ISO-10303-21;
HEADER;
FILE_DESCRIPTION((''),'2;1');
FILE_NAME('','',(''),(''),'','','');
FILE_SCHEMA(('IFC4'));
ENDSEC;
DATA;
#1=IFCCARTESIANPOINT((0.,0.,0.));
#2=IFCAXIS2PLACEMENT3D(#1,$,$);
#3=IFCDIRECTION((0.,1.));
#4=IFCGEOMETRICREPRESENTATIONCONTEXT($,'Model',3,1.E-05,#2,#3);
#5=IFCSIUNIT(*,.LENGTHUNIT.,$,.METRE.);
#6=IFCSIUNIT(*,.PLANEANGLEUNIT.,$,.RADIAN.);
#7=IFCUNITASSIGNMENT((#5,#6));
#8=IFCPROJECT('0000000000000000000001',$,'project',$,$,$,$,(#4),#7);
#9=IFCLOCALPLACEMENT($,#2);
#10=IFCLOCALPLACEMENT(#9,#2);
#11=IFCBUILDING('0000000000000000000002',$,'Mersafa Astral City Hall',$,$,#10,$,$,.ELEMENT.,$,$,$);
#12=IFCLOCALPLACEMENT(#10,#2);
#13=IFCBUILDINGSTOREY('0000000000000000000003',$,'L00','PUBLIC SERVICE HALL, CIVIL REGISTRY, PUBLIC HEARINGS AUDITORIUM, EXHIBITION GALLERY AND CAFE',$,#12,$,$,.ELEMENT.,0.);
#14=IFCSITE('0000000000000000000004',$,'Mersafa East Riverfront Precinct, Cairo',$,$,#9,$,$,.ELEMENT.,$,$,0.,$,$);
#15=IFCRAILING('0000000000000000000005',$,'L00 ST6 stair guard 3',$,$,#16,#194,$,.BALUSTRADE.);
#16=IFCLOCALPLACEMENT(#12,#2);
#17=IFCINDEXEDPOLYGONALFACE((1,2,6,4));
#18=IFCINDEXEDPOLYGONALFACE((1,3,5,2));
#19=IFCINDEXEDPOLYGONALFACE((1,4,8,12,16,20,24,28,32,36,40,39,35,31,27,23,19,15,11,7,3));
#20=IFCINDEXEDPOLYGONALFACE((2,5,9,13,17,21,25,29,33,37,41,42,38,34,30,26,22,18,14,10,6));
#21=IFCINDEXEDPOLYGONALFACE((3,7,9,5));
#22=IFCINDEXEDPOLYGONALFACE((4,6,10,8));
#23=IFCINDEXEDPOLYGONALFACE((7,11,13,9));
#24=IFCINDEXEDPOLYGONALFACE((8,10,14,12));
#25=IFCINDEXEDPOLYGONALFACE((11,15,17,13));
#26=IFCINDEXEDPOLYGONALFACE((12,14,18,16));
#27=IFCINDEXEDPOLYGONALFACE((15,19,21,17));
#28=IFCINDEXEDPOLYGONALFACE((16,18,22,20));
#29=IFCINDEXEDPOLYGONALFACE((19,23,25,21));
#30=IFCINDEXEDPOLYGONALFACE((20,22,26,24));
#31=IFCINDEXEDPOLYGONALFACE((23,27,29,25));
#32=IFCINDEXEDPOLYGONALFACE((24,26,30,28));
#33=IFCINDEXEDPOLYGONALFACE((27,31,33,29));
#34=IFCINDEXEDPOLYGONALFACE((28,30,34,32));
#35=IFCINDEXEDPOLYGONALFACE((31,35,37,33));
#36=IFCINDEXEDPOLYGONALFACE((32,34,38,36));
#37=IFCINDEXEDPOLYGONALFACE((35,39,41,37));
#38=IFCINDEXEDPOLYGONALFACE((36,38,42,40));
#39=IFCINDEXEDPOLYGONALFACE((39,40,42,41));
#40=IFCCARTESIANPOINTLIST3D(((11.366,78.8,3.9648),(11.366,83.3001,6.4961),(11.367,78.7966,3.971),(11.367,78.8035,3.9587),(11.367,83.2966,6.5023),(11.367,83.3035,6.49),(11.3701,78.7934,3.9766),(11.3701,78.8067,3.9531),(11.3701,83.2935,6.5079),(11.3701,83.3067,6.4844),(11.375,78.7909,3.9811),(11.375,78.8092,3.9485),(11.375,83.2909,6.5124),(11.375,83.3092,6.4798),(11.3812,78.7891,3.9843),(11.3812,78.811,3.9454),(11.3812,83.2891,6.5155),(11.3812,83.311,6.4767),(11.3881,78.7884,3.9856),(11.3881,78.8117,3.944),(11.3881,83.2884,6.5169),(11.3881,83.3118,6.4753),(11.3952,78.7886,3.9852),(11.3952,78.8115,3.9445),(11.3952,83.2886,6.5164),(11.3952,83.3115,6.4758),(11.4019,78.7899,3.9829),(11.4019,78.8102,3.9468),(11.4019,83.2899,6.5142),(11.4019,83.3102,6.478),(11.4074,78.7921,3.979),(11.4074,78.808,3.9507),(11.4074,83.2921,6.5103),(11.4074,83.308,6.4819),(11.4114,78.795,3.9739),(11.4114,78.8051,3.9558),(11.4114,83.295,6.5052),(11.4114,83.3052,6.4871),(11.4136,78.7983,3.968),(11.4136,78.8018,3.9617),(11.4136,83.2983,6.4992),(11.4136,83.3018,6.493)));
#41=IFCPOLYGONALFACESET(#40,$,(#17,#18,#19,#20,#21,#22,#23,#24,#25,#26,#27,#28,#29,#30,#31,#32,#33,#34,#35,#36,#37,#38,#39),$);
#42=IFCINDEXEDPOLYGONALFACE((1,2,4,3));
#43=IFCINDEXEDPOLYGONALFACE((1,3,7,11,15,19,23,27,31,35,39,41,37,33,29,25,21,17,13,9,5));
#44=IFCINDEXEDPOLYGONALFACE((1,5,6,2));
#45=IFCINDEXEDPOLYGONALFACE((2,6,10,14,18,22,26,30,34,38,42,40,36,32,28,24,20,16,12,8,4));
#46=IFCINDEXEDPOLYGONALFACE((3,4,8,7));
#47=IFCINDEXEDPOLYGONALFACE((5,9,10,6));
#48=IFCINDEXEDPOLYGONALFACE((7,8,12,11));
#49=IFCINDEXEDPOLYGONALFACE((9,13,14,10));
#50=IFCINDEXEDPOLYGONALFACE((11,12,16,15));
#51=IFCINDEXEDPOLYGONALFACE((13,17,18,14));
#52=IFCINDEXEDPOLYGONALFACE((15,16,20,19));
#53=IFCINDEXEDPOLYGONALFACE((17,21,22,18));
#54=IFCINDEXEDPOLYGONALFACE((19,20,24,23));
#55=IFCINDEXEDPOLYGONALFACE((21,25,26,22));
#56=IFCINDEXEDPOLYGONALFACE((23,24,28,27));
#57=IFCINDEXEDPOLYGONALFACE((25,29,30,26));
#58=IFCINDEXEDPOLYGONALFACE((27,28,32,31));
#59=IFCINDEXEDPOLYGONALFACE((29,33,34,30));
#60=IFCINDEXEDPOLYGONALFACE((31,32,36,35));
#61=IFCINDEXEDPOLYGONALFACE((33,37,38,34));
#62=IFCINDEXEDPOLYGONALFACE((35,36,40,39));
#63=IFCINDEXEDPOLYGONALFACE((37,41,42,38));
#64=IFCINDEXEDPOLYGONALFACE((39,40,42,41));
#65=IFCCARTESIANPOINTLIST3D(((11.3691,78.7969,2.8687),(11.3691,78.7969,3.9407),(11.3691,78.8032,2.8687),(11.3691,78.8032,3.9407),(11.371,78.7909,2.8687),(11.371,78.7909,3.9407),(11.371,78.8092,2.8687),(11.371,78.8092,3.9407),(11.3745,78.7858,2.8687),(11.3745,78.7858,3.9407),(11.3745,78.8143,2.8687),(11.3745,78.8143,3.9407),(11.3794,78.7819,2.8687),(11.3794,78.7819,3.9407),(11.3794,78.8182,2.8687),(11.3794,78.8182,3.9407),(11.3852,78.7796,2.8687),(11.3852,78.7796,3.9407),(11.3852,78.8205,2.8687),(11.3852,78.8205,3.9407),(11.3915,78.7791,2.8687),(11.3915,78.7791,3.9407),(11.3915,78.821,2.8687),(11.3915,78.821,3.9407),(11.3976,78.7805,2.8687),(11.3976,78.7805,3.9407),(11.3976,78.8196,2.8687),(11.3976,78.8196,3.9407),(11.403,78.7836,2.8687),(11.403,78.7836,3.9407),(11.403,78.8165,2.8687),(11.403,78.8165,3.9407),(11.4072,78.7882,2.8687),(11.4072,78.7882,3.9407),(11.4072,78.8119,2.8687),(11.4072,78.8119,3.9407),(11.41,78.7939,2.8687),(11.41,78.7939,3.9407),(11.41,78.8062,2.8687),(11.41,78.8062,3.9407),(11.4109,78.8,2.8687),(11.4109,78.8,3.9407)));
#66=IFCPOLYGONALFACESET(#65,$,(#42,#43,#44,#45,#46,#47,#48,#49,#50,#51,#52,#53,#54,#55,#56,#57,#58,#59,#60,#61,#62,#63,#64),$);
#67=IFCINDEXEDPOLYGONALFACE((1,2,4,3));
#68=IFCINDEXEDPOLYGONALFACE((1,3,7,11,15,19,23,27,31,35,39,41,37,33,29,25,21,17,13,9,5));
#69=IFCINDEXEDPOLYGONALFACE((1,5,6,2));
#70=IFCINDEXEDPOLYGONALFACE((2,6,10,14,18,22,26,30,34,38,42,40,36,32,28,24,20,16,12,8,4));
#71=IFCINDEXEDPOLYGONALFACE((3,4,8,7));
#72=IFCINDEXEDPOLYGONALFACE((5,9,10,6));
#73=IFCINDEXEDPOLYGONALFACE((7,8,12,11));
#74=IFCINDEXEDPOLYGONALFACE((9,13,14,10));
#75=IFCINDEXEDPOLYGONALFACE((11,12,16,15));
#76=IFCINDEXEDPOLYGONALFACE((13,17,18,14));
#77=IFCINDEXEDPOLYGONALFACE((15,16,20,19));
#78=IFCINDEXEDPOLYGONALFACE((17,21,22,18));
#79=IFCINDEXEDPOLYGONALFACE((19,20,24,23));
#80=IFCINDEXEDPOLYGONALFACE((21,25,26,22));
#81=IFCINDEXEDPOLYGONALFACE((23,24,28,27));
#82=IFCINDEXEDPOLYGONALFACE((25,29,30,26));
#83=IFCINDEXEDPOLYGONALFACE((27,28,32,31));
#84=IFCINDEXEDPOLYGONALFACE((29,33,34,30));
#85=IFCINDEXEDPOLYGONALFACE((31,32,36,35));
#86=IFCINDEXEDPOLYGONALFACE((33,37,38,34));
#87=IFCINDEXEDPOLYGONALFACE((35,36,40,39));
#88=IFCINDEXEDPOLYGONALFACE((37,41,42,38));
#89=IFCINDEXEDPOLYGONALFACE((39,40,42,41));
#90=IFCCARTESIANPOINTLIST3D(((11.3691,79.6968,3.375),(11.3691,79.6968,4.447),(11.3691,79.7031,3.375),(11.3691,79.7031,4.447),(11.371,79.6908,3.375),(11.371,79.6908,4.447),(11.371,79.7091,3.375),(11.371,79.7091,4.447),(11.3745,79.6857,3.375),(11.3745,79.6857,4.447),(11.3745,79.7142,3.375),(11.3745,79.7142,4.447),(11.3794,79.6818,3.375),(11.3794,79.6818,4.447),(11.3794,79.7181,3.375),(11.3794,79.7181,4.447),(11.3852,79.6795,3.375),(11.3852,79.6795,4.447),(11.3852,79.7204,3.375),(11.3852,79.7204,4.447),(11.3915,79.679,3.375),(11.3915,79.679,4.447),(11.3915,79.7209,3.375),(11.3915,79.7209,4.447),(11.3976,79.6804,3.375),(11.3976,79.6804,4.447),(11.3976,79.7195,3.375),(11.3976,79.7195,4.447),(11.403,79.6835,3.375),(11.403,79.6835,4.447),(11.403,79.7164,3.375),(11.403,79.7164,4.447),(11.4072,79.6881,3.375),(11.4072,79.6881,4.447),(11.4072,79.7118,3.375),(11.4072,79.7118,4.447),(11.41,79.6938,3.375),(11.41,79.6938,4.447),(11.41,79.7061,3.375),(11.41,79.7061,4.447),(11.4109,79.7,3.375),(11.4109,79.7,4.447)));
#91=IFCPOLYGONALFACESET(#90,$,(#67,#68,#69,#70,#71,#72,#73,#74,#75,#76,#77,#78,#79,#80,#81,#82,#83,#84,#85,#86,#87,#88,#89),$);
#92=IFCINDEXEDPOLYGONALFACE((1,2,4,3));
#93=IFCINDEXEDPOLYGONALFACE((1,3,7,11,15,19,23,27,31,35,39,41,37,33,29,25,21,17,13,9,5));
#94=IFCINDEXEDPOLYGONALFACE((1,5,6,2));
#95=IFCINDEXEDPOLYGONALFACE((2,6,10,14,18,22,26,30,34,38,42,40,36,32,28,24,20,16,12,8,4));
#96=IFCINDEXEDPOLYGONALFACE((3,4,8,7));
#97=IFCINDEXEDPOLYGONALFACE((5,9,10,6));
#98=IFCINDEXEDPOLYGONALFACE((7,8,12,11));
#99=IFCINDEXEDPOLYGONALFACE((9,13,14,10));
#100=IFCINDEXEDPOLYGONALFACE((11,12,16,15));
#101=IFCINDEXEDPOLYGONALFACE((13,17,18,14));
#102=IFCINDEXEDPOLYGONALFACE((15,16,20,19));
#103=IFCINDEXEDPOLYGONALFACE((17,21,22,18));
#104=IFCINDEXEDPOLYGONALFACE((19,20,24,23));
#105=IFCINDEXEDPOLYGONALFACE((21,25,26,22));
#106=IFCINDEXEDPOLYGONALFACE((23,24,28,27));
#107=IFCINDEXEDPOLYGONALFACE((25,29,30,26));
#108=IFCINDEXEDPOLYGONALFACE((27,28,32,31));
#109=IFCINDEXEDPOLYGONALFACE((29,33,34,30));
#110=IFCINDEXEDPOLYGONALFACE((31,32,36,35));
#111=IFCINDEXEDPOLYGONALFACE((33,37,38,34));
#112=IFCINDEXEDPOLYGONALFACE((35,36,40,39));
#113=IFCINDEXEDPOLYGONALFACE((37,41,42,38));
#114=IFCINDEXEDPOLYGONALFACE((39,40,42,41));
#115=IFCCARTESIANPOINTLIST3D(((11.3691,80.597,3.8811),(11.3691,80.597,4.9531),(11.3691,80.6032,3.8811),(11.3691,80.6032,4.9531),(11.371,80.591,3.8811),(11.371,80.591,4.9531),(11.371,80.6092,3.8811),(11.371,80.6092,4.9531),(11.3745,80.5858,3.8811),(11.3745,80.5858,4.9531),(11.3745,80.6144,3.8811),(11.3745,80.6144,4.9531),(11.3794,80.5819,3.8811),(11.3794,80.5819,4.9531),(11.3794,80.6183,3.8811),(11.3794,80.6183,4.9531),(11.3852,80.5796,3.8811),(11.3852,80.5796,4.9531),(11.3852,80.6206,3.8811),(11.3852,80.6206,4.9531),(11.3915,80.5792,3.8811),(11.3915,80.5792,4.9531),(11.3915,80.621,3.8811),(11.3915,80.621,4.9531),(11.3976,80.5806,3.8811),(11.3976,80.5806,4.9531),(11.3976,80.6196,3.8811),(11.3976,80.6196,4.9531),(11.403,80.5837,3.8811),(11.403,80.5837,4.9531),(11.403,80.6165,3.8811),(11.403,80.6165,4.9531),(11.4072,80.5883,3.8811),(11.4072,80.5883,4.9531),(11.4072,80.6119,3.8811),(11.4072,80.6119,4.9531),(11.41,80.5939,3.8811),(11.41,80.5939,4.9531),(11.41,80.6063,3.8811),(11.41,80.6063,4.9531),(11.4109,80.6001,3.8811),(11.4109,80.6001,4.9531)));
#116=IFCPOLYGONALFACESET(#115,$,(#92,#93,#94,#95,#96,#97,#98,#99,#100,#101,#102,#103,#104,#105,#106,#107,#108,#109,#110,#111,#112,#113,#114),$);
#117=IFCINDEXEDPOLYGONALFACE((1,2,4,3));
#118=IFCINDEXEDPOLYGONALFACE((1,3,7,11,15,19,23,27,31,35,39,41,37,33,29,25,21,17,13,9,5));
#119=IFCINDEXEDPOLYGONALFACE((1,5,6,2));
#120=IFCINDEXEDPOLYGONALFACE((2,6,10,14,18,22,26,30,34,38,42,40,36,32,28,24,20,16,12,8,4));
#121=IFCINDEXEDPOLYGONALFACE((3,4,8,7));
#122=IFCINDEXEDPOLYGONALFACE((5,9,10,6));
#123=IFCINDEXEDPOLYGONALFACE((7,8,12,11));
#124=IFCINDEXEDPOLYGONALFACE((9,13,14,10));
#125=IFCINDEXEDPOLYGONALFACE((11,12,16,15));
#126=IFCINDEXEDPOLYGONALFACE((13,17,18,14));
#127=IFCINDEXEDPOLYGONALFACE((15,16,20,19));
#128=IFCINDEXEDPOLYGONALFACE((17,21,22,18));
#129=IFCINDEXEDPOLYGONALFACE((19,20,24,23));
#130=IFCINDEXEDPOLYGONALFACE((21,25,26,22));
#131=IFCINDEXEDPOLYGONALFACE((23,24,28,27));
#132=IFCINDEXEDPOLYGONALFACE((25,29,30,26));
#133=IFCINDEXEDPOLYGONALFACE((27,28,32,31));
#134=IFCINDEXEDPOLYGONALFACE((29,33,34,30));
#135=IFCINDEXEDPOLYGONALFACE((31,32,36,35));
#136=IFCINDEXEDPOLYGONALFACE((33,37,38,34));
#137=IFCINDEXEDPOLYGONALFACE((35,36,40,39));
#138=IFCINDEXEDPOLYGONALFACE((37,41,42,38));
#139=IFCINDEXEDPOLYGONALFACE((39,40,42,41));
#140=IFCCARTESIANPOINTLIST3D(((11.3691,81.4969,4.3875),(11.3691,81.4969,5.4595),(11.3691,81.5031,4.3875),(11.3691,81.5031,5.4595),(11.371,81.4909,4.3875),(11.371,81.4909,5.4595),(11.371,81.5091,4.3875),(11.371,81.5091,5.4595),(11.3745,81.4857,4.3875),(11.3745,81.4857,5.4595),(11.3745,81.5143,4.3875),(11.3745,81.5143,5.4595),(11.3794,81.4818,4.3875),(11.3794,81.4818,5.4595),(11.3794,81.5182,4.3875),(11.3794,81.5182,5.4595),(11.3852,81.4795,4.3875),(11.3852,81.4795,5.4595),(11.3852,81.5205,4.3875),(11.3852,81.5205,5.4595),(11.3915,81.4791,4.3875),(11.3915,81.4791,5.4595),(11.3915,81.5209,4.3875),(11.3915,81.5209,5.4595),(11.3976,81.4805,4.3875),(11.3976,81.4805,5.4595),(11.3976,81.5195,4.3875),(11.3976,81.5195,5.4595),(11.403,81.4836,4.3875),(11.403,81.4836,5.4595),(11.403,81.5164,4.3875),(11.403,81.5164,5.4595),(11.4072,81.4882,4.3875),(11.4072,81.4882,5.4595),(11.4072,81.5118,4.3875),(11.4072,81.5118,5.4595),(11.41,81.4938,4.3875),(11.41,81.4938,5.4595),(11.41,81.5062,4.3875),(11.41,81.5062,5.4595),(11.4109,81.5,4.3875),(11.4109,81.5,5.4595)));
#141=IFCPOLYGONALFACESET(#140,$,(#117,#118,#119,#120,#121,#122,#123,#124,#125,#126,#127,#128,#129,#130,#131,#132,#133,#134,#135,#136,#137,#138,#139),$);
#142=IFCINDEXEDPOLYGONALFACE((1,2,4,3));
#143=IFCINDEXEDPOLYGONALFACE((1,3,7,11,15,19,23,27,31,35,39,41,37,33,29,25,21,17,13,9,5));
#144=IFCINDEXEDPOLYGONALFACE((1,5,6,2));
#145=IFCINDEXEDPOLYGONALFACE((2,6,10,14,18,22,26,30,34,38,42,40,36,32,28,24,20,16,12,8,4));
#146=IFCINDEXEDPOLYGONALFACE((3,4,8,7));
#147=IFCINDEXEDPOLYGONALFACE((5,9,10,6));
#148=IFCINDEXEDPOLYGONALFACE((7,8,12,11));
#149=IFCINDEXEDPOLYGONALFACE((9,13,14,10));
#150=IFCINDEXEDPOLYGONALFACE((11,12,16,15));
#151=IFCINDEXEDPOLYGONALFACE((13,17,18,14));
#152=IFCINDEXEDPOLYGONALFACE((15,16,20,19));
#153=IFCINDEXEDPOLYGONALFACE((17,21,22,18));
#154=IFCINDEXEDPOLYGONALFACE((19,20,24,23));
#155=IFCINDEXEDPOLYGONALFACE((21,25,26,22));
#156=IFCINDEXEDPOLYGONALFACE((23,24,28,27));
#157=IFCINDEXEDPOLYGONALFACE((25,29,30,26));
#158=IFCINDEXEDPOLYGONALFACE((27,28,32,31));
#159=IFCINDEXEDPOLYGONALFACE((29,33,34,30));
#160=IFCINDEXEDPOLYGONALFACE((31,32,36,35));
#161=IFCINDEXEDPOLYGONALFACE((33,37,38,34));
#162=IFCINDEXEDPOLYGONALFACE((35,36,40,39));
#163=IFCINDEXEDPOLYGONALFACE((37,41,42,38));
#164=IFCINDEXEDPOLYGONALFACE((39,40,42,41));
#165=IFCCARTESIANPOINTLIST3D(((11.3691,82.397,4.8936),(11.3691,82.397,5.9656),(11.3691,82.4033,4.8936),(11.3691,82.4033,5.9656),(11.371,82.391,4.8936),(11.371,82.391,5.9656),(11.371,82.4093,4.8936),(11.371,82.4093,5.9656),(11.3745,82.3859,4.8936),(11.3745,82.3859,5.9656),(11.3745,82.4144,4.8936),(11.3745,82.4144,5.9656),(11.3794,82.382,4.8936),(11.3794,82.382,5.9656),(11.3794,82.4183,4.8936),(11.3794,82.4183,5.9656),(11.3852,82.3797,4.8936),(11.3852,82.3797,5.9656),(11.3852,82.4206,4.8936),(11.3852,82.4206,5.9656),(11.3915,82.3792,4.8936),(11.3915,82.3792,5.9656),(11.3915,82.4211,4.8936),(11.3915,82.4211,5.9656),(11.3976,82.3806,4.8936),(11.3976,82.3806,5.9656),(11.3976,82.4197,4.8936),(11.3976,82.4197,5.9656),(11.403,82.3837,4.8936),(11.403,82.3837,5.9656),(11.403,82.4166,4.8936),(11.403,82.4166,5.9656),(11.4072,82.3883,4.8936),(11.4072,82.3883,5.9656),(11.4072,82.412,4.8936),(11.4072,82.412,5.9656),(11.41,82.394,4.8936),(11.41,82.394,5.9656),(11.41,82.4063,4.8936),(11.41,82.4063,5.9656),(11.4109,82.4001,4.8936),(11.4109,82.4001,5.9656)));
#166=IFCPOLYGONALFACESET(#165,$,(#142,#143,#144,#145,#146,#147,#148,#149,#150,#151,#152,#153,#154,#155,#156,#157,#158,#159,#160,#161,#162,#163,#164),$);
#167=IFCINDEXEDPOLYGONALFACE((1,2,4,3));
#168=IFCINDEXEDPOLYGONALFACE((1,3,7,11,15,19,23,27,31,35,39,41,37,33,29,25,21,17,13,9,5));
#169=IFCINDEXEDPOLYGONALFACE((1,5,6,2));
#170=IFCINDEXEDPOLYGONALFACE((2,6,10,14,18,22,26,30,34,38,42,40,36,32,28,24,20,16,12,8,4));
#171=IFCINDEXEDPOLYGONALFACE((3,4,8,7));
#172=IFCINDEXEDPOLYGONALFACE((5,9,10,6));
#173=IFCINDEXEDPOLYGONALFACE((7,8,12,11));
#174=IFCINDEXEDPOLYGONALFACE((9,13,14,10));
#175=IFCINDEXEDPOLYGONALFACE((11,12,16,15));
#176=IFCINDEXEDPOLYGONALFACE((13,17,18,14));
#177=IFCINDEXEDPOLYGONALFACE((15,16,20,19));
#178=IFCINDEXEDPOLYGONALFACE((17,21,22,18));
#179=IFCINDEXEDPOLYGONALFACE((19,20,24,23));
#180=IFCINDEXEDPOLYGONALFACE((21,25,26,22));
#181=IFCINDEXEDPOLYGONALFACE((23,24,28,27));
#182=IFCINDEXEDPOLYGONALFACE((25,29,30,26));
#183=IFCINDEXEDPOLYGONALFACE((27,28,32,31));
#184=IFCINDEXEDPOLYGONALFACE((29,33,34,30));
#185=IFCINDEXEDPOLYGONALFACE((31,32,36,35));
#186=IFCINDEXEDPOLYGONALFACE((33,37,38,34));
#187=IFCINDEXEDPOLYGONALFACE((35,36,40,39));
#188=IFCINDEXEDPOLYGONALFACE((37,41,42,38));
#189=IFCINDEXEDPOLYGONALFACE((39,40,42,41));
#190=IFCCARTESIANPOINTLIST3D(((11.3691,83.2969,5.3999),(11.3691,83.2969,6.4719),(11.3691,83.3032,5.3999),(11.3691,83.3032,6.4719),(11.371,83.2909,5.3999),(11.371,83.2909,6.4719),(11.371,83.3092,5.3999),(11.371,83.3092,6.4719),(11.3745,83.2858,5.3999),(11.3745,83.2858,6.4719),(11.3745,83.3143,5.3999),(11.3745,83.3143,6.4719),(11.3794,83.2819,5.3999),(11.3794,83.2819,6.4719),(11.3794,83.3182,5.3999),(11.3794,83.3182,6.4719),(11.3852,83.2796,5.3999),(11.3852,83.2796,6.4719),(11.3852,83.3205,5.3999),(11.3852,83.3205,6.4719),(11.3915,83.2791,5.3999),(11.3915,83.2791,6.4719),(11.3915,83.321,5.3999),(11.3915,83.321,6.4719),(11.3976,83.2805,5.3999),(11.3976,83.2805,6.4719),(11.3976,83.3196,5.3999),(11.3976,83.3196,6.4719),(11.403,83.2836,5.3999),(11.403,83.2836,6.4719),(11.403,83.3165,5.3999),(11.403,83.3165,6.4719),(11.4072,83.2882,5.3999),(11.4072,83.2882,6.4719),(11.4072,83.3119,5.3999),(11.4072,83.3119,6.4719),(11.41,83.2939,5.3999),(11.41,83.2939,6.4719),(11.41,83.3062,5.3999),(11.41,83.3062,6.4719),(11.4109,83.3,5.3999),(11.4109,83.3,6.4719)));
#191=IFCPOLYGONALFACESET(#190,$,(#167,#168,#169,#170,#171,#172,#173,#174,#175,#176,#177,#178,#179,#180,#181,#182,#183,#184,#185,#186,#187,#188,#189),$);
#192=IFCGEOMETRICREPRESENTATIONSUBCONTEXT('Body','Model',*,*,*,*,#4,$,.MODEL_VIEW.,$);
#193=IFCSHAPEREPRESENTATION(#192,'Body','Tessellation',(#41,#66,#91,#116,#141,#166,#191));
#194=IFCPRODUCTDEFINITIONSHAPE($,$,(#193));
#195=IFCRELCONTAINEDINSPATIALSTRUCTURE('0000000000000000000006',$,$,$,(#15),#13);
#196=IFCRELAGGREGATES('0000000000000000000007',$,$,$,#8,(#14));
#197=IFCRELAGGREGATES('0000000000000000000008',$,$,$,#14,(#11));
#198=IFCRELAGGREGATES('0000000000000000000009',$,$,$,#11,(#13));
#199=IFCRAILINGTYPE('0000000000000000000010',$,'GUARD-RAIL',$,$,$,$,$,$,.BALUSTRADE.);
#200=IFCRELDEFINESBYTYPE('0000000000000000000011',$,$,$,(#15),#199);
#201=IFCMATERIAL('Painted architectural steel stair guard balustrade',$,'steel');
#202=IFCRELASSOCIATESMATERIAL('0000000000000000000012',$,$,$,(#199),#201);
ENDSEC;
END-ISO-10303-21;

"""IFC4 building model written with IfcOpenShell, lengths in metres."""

from ifc_helpers import new_model, si_unit, direction, frame, origin, origin_2d, place, context, subcontext, project, spatial, circle, extrude, material, type_object, element, save


model = new_model("IFC4")

# Units and contexts
model_context = context("Model", 3, precision=1e-05, world=origin(), true_north=direction((0.0, 1.0)))
body_context = subcontext(model_context, "Body", "Model", "MODEL_VIEW")
ifc_project = project(units=[si_unit("LENGTHUNIT", "METRE"), si_unit("PLANEANGLEUNIT", "RADIAN")], contexts=[model_context])

# Site, building, storey
site_placement = place(None, origin())
site = spatial("IfcSite", under=ifc_project, at=site_placement, Name="Mersafa East Riverfront Precinct, Cairo", CompositionType="ELEMENT", RefElevation=0.0)
building_placement = place(site_placement, origin())
building = spatial("IfcBuilding", under=site, at=building_placement, Name="Mersafa Astral City Hall", CompositionType="ELEMENT")
storey_placement = place(building_placement, origin())
storey = spatial("IfcBuildingStorey", under=building, at=storey_placement, Name="L00", Description="PUBLIC SERVICE HALL, CIVIL REGISTRY, PUBLIC HEARINGS AUDITORIUM, EXHIBITION GALLERY AND CAFE", CompositionType="ELEMENT", Elevation=0.0)

# Railing
ifc_material_1 = material(Name="Painted architectural steel stair guard balustrade", Category="steel")
railing_type_1 = type_object("IfcRailingType", Name="GUARD-RAIL", PredefinedType="BALUSTRADE", material=ifc_material_1)
railing_1_placement = place(storey_placement, frame((11.3899, 78.8, 2.8687)))
element("IfcRailing", 1, at=railing_1_placement, inside=storey, type_object=railing_type_1, Name="L00 ST6 stair guard 3", PredefinedType="BALUSTRADE", context=body_context, shape_type="SweptSolid", body=[
    extrude(circle(Radius=0.0239, at=origin_2d()), frame((0.0, 0.0, 1.0962), z_axis=(0.0, 0.871576, 0.490261), x_axis=(-1.0, 0.0, 0.0)), (0.0, 0.0, 1.0), 5.1631),
    extrude(circle(Radius=0.021, at=origin_2d()), origin(), (0.0, 0.0, 1.0), 1.072),
    extrude(circle(Radius=0.021, at=origin_2d()), frame((0.0, 0.8999, 0.5063)), (0.0, 0.0, 1.0), 1.072),
    extrude(circle(Radius=0.021, at=origin_2d()), frame((0.0, 1.8, 1.0125)), (0.0, 0.0, 1.0), 1.072),
    extrude(circle(Radius=0.021, at=origin_2d()), frame((0.0, 2.7, 1.5188)), (0.0, 0.0, 1.0), 1.072),
    extrude(circle(Radius=0.021, at=origin_2d()), frame((0.0, 3.6001, 2.0249)), (0.0, 0.0, 1.0), 1.072),
    extrude(circle(Radius=0.021, at=origin_2d()), frame((0.0, 4.5, 2.5312)), (0.0, 0.0, 1.0), 1.072),
])

save(model, "model.ifc")
